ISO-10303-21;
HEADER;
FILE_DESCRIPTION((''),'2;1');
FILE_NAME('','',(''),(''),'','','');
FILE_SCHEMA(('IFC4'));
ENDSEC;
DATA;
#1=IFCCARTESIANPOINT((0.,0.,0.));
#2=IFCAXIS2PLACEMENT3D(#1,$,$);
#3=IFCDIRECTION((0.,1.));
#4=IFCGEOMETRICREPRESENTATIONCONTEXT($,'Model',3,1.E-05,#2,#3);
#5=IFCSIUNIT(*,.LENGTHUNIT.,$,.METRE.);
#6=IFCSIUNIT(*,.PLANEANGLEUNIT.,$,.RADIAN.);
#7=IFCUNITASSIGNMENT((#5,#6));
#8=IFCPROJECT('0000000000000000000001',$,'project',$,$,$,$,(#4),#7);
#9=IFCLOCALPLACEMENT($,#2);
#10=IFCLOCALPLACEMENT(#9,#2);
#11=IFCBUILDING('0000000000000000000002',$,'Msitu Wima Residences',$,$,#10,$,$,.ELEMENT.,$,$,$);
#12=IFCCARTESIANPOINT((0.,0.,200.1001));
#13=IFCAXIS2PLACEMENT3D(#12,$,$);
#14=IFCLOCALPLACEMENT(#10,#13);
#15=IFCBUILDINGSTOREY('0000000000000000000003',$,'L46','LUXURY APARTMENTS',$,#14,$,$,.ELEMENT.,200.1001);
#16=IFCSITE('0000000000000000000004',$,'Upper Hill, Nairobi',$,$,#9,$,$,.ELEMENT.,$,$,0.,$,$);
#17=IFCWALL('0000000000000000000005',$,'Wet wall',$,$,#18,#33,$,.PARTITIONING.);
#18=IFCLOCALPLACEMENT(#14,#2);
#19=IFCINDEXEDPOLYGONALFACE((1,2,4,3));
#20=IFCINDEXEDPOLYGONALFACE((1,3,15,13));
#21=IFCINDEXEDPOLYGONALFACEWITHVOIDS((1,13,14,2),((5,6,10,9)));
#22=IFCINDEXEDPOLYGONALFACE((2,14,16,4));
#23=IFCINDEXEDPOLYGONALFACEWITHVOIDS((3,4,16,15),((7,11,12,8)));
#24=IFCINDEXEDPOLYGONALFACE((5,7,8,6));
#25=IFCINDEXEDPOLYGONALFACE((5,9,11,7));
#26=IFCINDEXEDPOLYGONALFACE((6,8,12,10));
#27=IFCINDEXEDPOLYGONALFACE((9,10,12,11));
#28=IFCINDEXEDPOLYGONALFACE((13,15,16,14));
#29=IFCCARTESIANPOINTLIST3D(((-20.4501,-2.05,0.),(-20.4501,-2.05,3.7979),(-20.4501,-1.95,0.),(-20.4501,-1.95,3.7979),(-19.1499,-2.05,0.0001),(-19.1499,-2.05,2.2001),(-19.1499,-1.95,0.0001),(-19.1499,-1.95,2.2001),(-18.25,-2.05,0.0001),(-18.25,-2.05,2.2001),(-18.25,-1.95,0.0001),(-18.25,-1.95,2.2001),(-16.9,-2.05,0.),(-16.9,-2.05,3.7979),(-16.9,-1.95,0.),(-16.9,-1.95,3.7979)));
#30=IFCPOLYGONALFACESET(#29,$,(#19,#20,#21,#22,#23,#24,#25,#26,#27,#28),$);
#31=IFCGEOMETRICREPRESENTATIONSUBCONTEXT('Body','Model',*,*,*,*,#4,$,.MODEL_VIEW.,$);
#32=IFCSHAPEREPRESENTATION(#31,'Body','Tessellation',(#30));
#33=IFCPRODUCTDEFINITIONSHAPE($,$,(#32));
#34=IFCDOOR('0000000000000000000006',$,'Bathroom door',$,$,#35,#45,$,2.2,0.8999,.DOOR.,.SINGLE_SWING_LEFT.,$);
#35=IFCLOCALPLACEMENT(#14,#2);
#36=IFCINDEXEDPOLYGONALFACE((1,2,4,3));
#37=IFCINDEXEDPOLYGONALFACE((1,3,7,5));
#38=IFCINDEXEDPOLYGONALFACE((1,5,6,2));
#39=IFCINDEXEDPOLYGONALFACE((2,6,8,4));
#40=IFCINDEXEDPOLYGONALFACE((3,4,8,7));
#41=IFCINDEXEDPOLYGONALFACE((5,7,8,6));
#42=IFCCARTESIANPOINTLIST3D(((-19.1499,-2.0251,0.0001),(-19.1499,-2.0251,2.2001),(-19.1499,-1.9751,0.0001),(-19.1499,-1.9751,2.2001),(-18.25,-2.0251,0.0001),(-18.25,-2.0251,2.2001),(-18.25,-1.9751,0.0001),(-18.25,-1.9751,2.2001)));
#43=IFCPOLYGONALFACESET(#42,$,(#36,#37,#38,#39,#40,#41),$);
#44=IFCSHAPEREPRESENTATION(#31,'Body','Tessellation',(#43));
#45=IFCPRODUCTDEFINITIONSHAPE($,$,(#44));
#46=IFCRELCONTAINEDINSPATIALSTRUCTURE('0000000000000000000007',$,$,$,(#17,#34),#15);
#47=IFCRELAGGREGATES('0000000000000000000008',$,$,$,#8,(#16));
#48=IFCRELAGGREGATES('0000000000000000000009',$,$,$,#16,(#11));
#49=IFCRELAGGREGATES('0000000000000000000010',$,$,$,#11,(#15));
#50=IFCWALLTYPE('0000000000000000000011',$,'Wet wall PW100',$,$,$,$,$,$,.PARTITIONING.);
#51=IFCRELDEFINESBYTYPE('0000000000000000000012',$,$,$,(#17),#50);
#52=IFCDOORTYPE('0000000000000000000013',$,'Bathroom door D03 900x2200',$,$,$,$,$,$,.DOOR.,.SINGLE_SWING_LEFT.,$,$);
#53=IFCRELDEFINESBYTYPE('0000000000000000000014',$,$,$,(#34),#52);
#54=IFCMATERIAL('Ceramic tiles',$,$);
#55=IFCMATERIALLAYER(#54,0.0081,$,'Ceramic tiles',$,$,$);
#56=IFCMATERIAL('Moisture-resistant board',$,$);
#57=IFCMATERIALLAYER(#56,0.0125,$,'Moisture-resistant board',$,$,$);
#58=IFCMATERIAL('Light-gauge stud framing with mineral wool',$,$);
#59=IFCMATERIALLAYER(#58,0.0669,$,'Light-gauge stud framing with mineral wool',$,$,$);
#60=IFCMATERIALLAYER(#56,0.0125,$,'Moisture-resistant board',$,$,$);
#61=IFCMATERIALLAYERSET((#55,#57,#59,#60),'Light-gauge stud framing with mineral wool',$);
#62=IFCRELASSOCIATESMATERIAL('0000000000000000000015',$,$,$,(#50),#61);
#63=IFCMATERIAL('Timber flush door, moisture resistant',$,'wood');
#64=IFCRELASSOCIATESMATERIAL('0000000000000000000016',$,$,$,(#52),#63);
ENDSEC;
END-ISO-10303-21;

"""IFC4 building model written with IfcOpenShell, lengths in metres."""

from ifc_helpers import new_model, si_unit, direction, frame, frame_2d, origin, place, context, subcontext, project, spatial, rectangle, extrude, material, layer, layer_set, type_object, element, fill, save


model = new_model("IFC4")

# Units and contexts
model_context = context("Model", 3, precision=1e-05, world=origin(), true_north=direction((0.0, 1.0)))
body_context = subcontext(model_context, "Body", "Model", "MODEL_VIEW")
ifc_project = project(units=[si_unit("LENGTHUNIT", "METRE"), si_unit("PLANEANGLEUNIT", "RADIAN")], contexts=[model_context])

# Site, building, storey
site_placement = place(None, origin())
site = spatial("IfcSite", under=ifc_project, at=site_placement, Name="Upper Hill, Nairobi", CompositionType="ELEMENT", RefElevation=0.0)
building_placement = place(site_placement, origin())
building = spatial("IfcBuilding", under=site, at=building_placement, Name="Msitu Wima Residences", CompositionType="ELEMENT")
storey_placement = place(building_placement, frame((0.0, 0.0, 200.1001)))
storey = spatial("IfcBuildingStorey", under=building, at=storey_placement, Name="L46", Description="LUXURY APARTMENTS", CompositionType="ELEMENT", Elevation=200.1001)

# Shared definitions
ifc_material_1 = material(Name="Light-gauge stud framing with mineral wool")

# Shared definitions
ifc_material_2 = material(Name="Ceramic tiles")
ifc_layer_1 = layer(ifc_material_2, 0.0081, Name="Ceramic tiles")
ifc_material_3 = material(Name="Moisture-resistant board")
ifc_layer_2 = layer(ifc_material_3, 0.0125, Name="Moisture-resistant board")
ifc_layer_3 = layer(ifc_material_1, 0.0669, Name="Light-gauge stud framing with mineral wool")
ifc_layer_4 = layer(ifc_material_3, 0.0125, Name="Moisture-resistant board")
ifc_layer_set_1 = layer_set([ifc_layer_1, ifc_layer_2, ifc_layer_3, ifc_layer_4], Name="Light-gauge stud framing with mineral wool")
wall_type_1 = type_object("IfcWallType", Name="Wet wall PW100", PredefinedType="PARTITIONING", material=ifc_layer_set_1)

# Wall, opening, door
wall_1_placement = place(storey_placement, frame((-20.45, -2.0, 0.0), z_axis=(0.0, 0.0, 1.0), x_axis=(1.0, 0.0, 0.0)))
wall_1 = element("IfcWall", 1, at=wall_1_placement, inside=storey, type_object=wall_type_1, Name="Wet wall", PredefinedType="PARTITIONING", context=body_context, shape_type="SweptSolid", body=[
    extrude(rectangle(XDim=3.55, YDim=0.1001, at=frame_2d((1.7749, 0.0))), origin(), (0.0, 0.0, 1.0), 3.7979),
])
opening_1_placement = place(wall_1_placement, frame((1.3, 0.0, 0.0)))
opening_1 = element("IfcOpeningElement", 2, at=opening_1_placement, cuts=wall_1, PredefinedType="OPENING", context=body_context, shape_type="SweptSolid", body=[
    extrude(rectangle(XDim=0.8999, YDim=2.2, at=frame_2d((0.45, 1.1001))), frame((0.0, 0.0601, 0.0), z_axis=(0.0, -1.0, 0.0), x_axis=(1.0, 0.0, 0.0)), (0.0, 0.0, 1.0), 0.1201),
])
ifc_material_4 = material(Name="Timber flush door, moisture resistant", Category="wood")
door_type_1 = type_object("IfcDoorType", Name="Bathroom door D03 900x2200", OperationType="SINGLE_SWING_LEFT", PredefinedType="DOOR", material=ifc_material_4)
door_1_placement = place(opening_1_placement, origin())
door_1 = element("IfcDoor", 3, at=door_1_placement, inside=storey, type_object=door_type_1, Name="Bathroom door", OperationType="SINGLE_SWING_LEFT", OverallHeight=2.2, OverallWidth=0.8999, PredefinedType="DOOR", context=body_context, shape_type="SweptSolid", body=[
    extrude(rectangle(XDim=0.8999, YDim=2.2, at=frame_2d((0.45, 1.1001))), frame((0.0, 0.0249, 0.0), z_axis=(0.0, -1.0, 0.0), x_axis=(1.0, 0.0, 0.0)), (0.0, 0.0, 1.0), 0.05),
])
fill(opening_1, door_1)

save(model, "model.ifc")
